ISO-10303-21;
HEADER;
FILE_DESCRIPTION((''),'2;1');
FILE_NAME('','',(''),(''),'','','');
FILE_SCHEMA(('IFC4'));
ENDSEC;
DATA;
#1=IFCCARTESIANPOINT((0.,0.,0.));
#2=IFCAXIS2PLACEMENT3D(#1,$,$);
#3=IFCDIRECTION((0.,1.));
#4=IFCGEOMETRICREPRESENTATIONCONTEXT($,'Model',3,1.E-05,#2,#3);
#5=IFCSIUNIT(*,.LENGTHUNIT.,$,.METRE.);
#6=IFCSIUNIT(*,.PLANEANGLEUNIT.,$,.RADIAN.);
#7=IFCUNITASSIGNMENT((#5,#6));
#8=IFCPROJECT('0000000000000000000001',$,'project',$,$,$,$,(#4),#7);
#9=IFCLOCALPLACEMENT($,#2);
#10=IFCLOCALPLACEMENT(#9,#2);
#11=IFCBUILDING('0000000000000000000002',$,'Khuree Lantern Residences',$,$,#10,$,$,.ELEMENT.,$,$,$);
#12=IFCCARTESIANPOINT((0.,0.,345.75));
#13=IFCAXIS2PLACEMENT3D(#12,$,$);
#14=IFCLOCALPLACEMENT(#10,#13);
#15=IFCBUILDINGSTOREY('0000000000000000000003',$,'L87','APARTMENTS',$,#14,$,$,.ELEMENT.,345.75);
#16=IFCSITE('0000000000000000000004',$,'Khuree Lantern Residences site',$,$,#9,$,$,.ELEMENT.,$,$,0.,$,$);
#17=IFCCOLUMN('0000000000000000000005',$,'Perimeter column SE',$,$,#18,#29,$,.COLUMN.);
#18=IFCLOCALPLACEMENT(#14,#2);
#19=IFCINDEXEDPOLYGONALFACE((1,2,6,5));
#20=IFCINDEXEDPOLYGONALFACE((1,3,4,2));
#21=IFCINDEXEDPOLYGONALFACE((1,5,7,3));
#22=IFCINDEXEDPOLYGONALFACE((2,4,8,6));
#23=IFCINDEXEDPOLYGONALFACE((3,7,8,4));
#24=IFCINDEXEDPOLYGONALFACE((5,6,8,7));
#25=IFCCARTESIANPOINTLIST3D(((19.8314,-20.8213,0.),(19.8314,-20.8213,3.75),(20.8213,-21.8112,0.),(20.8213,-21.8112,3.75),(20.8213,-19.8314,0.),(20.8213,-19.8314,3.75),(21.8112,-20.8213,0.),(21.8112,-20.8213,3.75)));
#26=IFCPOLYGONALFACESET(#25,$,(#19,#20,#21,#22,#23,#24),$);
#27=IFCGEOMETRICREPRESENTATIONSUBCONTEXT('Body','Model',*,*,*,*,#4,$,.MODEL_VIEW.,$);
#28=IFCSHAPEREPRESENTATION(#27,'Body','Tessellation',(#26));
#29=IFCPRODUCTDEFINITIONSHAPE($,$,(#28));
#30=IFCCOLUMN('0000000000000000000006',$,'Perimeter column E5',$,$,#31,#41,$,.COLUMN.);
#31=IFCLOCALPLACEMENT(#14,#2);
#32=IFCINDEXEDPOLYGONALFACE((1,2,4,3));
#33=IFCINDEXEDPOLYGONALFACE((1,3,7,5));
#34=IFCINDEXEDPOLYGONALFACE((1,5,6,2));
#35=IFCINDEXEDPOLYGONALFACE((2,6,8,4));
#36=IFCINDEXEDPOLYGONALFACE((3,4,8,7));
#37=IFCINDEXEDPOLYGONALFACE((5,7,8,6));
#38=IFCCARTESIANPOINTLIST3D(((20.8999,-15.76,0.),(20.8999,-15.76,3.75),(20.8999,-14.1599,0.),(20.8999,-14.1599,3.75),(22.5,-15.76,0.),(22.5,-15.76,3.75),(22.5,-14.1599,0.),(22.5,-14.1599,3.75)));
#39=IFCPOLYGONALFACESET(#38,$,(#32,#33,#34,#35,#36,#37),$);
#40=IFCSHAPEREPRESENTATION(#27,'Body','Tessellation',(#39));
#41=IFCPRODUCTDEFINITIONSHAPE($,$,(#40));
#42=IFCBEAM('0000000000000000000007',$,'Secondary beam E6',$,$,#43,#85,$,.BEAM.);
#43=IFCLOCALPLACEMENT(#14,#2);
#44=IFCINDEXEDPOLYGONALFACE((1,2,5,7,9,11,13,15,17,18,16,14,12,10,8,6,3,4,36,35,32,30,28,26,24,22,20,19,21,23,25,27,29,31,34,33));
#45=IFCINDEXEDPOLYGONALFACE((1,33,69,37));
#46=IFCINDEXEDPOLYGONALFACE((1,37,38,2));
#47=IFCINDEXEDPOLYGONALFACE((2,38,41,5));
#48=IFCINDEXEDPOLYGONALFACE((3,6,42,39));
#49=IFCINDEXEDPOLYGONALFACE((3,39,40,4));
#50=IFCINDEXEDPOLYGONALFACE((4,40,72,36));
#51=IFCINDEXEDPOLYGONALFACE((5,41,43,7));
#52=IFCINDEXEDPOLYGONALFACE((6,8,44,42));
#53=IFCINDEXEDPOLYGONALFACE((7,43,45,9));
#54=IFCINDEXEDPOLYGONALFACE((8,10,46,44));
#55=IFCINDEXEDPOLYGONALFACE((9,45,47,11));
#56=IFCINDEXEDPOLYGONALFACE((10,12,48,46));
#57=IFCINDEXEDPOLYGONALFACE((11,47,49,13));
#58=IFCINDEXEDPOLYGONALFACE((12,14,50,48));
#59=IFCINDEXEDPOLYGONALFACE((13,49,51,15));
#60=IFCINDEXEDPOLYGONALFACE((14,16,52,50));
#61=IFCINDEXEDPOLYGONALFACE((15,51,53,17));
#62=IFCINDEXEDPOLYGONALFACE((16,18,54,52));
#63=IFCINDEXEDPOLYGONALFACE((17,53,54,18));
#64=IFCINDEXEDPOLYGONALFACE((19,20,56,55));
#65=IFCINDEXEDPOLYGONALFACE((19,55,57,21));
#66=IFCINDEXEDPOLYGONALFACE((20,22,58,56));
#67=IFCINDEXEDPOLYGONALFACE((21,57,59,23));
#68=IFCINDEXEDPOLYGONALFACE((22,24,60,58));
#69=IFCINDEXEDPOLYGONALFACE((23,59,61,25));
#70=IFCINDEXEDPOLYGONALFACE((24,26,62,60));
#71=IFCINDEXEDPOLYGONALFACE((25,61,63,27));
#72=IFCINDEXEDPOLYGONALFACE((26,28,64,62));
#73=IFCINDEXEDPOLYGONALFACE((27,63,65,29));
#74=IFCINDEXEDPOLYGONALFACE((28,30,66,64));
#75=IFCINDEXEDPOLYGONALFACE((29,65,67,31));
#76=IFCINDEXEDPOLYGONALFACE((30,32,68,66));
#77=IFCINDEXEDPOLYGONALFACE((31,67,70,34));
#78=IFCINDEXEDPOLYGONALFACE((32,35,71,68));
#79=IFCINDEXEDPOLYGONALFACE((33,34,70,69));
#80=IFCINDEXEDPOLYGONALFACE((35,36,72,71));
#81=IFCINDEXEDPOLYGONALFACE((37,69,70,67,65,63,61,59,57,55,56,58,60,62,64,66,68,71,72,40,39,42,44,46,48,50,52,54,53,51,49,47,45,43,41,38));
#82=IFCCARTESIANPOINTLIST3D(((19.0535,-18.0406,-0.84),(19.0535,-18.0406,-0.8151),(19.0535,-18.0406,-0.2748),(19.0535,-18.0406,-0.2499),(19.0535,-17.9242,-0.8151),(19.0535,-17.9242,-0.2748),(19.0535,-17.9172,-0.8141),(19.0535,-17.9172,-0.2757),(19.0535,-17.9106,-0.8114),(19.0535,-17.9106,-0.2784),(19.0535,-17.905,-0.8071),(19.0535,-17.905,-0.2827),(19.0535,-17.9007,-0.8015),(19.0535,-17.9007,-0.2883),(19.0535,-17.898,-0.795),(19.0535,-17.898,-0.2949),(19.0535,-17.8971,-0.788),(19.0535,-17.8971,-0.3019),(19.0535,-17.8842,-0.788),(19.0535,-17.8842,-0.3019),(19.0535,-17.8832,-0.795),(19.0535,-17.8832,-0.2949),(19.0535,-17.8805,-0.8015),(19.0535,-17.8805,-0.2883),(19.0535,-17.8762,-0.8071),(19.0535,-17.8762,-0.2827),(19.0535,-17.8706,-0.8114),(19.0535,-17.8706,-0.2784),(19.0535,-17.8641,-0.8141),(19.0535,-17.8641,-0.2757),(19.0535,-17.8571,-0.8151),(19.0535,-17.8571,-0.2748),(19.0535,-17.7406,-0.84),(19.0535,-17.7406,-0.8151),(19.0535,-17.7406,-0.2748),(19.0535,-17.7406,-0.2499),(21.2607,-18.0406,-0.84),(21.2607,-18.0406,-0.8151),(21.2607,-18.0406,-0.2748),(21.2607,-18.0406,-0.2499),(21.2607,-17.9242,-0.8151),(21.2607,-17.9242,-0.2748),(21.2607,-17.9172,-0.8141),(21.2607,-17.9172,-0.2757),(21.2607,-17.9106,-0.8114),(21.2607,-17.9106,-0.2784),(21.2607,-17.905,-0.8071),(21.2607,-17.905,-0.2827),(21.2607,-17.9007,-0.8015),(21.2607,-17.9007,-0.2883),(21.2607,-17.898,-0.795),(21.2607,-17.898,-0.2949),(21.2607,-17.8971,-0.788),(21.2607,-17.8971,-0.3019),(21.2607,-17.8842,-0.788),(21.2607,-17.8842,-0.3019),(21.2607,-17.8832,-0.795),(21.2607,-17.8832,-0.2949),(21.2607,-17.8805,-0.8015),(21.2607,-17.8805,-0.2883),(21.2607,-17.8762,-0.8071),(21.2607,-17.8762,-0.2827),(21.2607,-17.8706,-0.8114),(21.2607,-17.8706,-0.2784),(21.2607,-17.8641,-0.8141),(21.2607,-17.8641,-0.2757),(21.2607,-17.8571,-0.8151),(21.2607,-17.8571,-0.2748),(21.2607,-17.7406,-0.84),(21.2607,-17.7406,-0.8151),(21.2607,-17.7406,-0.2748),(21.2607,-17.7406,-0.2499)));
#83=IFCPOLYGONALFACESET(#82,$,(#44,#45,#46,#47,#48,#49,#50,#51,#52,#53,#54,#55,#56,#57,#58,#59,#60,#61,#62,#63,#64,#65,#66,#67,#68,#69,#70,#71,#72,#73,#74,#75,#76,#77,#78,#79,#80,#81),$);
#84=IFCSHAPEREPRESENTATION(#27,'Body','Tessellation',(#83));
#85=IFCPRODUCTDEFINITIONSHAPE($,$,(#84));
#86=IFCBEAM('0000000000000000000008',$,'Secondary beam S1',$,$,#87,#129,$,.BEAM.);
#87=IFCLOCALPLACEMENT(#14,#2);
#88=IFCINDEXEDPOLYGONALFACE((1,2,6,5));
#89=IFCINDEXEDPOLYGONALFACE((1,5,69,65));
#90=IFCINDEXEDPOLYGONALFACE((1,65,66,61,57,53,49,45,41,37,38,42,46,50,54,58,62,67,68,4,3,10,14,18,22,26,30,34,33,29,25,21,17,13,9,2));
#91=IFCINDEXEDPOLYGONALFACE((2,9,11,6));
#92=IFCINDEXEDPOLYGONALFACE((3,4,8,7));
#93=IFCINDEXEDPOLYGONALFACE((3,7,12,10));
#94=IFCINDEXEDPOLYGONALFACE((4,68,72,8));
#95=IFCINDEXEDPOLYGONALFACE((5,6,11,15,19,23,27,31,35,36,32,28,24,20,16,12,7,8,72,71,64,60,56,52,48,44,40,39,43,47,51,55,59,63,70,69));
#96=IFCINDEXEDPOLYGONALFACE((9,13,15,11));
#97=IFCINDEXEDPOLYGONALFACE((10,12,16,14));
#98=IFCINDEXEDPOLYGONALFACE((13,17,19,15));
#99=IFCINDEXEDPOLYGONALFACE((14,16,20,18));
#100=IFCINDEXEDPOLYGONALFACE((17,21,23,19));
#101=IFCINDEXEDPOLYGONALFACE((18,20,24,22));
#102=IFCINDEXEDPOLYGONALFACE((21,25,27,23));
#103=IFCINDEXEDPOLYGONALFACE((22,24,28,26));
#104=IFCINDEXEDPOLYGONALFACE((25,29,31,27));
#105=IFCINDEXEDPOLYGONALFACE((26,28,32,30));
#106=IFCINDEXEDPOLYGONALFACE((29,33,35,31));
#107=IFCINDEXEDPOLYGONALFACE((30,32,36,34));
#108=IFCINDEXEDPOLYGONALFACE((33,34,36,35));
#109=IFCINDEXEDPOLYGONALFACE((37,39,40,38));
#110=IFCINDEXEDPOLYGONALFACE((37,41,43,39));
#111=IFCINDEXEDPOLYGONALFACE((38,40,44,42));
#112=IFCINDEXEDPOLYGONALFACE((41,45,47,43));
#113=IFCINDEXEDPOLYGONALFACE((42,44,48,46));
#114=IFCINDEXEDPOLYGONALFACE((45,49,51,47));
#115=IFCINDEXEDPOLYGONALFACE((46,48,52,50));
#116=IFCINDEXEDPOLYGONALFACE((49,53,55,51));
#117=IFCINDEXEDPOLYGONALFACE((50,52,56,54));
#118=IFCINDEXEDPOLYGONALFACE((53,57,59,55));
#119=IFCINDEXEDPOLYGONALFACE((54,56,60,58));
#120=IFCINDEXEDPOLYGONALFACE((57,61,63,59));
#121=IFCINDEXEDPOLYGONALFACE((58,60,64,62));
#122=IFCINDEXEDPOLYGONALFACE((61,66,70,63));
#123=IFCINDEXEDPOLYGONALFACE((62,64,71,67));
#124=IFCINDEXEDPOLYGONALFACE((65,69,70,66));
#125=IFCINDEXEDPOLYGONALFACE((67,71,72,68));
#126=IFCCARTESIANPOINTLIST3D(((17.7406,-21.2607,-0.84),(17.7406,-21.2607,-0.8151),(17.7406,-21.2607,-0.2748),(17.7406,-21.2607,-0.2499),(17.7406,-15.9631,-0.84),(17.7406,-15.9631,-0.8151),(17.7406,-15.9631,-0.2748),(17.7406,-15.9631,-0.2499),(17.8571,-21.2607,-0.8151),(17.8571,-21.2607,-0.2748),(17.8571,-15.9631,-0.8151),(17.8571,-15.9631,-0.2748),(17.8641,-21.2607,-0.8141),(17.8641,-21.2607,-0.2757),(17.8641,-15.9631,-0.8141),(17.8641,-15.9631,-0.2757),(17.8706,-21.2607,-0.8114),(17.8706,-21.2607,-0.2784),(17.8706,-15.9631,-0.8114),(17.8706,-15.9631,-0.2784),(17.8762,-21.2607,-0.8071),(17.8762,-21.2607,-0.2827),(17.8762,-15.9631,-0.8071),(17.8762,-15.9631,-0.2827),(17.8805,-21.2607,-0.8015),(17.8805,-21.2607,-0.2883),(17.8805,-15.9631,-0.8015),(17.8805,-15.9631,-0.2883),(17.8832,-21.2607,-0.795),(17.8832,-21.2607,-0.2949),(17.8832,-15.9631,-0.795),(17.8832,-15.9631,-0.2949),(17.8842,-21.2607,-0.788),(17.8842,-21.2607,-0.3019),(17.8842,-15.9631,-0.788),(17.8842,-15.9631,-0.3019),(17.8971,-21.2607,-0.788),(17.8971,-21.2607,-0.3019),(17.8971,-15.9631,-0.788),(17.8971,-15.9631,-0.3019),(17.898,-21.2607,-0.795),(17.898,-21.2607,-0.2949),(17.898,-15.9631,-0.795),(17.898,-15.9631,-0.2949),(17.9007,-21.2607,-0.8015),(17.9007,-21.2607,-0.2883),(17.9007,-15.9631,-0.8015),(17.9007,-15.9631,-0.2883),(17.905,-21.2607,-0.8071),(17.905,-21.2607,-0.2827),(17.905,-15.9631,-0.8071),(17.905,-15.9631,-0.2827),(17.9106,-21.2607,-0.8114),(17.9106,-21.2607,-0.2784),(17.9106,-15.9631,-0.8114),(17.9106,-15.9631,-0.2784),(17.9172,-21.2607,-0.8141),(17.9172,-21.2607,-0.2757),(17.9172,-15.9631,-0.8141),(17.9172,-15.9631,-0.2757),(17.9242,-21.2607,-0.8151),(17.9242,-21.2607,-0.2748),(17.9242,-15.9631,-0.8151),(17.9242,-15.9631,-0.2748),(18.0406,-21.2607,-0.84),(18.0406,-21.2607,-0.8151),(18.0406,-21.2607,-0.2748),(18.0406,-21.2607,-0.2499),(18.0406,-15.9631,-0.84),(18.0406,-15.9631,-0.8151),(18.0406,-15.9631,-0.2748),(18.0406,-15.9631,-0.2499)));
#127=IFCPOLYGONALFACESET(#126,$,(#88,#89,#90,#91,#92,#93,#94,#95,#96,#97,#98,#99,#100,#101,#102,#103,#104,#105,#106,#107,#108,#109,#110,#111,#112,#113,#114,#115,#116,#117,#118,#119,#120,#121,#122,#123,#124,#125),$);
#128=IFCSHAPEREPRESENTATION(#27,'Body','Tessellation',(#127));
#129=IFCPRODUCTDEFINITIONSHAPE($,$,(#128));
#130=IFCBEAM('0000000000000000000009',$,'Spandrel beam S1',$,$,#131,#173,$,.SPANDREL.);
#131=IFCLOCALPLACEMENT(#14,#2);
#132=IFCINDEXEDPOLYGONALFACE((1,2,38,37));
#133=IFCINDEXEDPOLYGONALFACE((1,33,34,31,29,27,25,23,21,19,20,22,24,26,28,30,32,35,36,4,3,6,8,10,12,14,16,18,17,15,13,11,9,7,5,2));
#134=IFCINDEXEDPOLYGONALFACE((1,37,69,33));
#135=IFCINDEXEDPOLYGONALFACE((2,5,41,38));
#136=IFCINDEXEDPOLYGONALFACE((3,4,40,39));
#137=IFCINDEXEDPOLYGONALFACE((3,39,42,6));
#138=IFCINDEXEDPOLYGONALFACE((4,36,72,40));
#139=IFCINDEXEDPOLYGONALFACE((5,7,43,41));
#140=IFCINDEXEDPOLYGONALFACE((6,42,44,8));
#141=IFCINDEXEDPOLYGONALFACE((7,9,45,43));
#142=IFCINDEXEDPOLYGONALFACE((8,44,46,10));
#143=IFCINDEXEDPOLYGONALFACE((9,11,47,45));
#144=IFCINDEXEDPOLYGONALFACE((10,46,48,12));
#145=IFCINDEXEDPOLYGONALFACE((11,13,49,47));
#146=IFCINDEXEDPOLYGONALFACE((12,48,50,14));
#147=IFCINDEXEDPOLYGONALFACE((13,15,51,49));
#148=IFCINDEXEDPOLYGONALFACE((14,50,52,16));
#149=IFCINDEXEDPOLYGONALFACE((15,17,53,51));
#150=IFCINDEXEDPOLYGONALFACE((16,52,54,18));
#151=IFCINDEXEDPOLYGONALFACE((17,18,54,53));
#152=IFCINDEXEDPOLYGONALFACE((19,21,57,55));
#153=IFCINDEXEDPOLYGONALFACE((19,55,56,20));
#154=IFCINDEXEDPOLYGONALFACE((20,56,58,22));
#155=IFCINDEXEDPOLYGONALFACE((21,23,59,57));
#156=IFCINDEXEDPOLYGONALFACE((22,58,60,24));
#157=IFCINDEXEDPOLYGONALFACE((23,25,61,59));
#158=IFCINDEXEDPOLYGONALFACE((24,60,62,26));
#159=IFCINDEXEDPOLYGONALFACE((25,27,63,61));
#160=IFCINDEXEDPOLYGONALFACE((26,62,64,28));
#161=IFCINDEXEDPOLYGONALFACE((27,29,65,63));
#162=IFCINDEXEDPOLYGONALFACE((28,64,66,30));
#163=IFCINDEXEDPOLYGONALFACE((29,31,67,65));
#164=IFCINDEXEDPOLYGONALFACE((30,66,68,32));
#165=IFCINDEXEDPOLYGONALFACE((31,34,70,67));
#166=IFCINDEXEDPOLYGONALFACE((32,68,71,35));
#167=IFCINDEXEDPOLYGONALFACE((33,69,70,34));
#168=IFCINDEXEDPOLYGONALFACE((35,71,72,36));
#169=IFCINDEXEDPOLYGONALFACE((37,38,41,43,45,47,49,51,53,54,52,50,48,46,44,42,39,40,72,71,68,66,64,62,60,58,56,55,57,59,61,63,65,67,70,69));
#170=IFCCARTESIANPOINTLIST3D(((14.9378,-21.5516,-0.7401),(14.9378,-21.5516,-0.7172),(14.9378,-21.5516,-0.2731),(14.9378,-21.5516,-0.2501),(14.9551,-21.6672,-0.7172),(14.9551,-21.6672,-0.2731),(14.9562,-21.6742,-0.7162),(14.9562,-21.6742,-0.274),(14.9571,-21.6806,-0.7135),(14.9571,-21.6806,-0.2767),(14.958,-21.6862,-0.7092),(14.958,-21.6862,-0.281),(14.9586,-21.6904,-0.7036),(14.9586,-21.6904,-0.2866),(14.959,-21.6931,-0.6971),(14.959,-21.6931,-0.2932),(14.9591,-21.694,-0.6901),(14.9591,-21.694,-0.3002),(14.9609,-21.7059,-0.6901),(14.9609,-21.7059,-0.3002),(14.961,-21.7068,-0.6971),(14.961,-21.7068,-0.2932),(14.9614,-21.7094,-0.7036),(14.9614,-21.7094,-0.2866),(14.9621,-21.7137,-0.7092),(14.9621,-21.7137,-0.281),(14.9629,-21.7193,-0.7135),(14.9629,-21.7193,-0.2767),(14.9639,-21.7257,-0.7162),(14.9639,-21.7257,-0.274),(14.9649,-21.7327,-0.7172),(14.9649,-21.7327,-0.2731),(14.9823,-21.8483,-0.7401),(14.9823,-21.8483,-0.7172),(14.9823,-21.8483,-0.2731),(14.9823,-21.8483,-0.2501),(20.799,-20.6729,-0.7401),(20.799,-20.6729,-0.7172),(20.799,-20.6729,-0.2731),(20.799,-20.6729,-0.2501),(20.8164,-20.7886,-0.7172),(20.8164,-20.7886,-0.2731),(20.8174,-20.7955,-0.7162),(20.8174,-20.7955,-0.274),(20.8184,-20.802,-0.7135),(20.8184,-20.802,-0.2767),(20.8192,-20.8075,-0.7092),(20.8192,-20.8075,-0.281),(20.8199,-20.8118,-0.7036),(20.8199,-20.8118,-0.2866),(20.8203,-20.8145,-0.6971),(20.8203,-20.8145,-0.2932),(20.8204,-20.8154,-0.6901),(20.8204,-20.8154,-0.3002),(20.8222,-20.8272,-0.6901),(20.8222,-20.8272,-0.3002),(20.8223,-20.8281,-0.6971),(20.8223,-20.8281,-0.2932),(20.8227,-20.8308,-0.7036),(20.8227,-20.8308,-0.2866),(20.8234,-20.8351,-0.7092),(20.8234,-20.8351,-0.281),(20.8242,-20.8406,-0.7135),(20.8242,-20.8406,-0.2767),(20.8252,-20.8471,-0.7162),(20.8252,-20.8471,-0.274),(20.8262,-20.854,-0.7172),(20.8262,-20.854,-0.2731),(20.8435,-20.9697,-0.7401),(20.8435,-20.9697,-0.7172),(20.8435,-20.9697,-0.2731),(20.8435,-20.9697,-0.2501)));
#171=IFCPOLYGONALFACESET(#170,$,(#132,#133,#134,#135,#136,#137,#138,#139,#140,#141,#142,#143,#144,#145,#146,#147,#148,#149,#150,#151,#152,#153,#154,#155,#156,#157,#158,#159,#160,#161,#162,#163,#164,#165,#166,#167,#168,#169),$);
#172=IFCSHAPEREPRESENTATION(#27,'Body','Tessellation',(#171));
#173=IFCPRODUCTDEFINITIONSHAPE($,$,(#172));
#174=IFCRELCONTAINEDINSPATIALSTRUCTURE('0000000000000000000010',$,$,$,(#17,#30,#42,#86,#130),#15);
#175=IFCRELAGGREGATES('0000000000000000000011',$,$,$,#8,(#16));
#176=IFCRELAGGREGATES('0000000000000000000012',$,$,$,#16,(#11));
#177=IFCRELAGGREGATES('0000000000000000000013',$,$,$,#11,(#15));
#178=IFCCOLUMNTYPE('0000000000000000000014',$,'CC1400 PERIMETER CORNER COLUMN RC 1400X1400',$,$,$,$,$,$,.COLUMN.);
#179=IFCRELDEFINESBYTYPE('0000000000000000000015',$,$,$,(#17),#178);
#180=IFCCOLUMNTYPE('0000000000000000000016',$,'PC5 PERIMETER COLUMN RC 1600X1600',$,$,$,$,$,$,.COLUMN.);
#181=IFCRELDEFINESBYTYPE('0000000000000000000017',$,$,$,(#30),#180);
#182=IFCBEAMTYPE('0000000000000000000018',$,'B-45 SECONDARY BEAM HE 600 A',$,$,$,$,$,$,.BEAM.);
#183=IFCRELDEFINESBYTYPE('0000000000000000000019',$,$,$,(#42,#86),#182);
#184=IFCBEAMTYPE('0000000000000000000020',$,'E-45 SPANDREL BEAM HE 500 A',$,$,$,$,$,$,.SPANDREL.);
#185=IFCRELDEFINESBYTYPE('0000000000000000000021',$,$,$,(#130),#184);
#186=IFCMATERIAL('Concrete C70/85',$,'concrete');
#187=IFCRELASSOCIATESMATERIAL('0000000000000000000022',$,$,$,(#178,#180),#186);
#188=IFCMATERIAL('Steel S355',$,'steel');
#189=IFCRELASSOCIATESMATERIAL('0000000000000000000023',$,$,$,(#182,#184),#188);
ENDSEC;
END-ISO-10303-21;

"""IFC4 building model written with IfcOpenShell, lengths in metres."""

from ifc_helpers import new_model, si_unit, direction, frame, origin, origin_2d, place, context, subcontext, project, spatial, rectangle, i_section, extrude, material, material_profile, profile_set, type_object, element, save


model = new_model("IFC4")

# Units and contexts
model_context = context("Model", 3, precision=1e-05, world=origin(), true_north=direction((0.0, 1.0)))
body_context = subcontext(model_context, "Body", "Model", "MODEL_VIEW")
ifc_project = project(units=[si_unit("LENGTHUNIT", "METRE"), si_unit("PLANEANGLEUNIT", "RADIAN")], contexts=[model_context])

# Site, building, storey
site_placement = place(None, origin())
site = spatial("IfcSite", under=ifc_project, at=site_placement, Name="Khuree Lantern Residences site", CompositionType="ELEMENT", RefElevation=0.0)
building_placement = place(site_placement, origin())
building = spatial("IfcBuilding", under=site, at=building_placement, Name="Khuree Lantern Residences", CompositionType="ELEMENT")
storey_placement = place(building_placement, frame((0.0, 0.0, 345.75)))
storey = spatial("IfcBuildingStorey", under=building, at=storey_placement, Name="L87", Description="APARTMENTS", CompositionType="ELEMENT", Elevation=345.75)

# Columns
ifc_material_1 = material(Name="Concrete C70/85", Category="concrete")
ifc_material_profile_1 = material_profile(ifc_material_1, rectangle(XDim=1.3999, YDim=1.3999, at=origin_2d()), Name="RC 1400X1400")
ifc_profile_set_1 = profile_set([ifc_material_profile_1], Name="Concrete C70/85")
column_type_1 = type_object("IfcColumnType", Name="CC1400 PERIMETER CORNER COLUMN RC 1400X1400", PredefinedType="COLUMN", material=ifc_profile_set_1)
column_1_placement = place(storey_placement, frame((20.8213, -20.8213, 0.0), z_axis=(0.0, 0.0, 1.0), x_axis=(0.707107, 0.707107, 0.0)))
element("IfcColumn", 1, at=column_1_placement, inside=storey, type_object=column_type_1, Name="Perimeter column SE", PredefinedType="COLUMN", context=body_context, shape_type="SweptSolid", body=[
    extrude(rectangle(XDim=1.3999, YDim=1.3999, at=origin_2d()), origin(), (0.0, 0.0, 1.0), 3.75),
])
ifc_material_profile_2 = material_profile(ifc_material_1, rectangle(XDim=1.6001, YDim=1.6001, at=origin_2d()), Name="RC 1600X1600")
ifc_profile_set_2 = profile_set([ifc_material_profile_2], Name="Concrete C70/85")
column_type_2 = type_object("IfcColumnType", Name="PC5 PERIMETER COLUMN RC 1600X1600", PredefinedType="COLUMN", material=ifc_profile_set_2)
column_2_placement = place(storey_placement, frame((21.7, -14.96, 0.0), z_axis=(0.0, 0.0, 1.0), x_axis=(0.0, 1.0, 0.0)))
element("IfcColumn", 2, at=column_2_placement, inside=storey, type_object=column_type_2, Name="Perimeter column E5", PredefinedType="COLUMN", context=body_context, shape_type="SweptSolid", body=[
    extrude(rectangle(XDim=1.6001, YDim=1.6001, at=origin_2d()), origin(), (0.0, 0.0, 1.0), 3.75),
])

# Beams
ifc_material_2 = material(Name="Steel S355", Category="steel")
ifc_material_profile_3 = material_profile(ifc_material_2, i_section(OverallWidth=0.3, OverallDepth=0.5901, WebThickness=0.0129, FlangeThickness=0.0249, FilletRadius=0.0271, at=origin_2d()), Name="HE 600 A")
ifc_profile_set_3 = profile_set([ifc_material_profile_3], Name="Steel S355")
beam_type_1 = type_object("IfcBeamType", Name="B-45 SECONDARY BEAM HE 600 A", PredefinedType="BEAM", material=ifc_profile_set_3)
beam_1_placement = place(storey_placement, frame((21.2607, -17.8906, -0.5449), z_axis=(-1.0, 0.0, 0.0), x_axis=(0.0, -1.0, 0.0)))
element("IfcBeam", 3, at=beam_1_placement, inside=storey, type_object=beam_type_1, Name="Secondary beam E6", PredefinedType="BEAM", context=body_context, shape_type="SweptSolid", body=[
    extrude(i_section(OverallWidth=0.3, OverallDepth=0.5901, WebThickness=0.0129, FlangeThickness=0.0249, FilletRadius=0.0271, at=origin_2d()), origin(), (0.0, 0.0, 1.0), 2.2073),
])
beam_2_placement = place(storey_placement, frame((17.8906, -21.2607, -0.5449), z_axis=(0.0, 1.0, 0.0), x_axis=(-1.0, 0.0, 0.0)))
element("IfcBeam", 4, at=beam_2_placement, inside=storey, type_object=beam_type_1, Name="Secondary beam S1", PredefinedType="BEAM", context=body_context, shape_type="SweptSolid", body=[
    extrude(i_section(OverallWidth=0.3, OverallDepth=0.5901, WebThickness=0.0129, FlangeThickness=0.0249, FilletRadius=0.0271, at=origin_2d()), origin(), (0.0, 0.0, 1.0), 5.2976),
])
ifc_material_profile_4 = material_profile(ifc_material_2, i_section(OverallWidth=0.3, OverallDepth=0.49, WebThickness=0.012, FlangeThickness=0.0229, FilletRadius=0.0271, at=origin_2d()), Name="HE 500 A")
ifc_profile_set_4 = profile_set([ifc_material_profile_4], Name="Steel S355")
beam_type_2 = type_object("IfcBeamType", Name="E-45 SPANDREL BEAM HE 500 A", PredefinedType="SPANDREL", material=ifc_profile_set_4)
beam_3_placement = place(storey_placement, frame((20.8213, -20.8213, -0.4951), z_axis=(-0.98895, -0.148252, 0.0), x_axis=(0.148252, -0.98895, 0.0)))
element("IfcBeam", 5, at=beam_3_placement, inside=storey, type_object=beam_type_2, Name="Spandrel beam S1", PredefinedType="SPANDREL", context=body_context, shape_type="SweptSolid", body=[
    extrude(i_section(OverallWidth=0.3, OverallDepth=0.49, WebThickness=0.012, FlangeThickness=0.0229, FilletRadius=0.0271, at=origin_2d()), origin(), (0.0, 0.0, 1.0), 5.9268),
])

save(model, "model.ifc")
